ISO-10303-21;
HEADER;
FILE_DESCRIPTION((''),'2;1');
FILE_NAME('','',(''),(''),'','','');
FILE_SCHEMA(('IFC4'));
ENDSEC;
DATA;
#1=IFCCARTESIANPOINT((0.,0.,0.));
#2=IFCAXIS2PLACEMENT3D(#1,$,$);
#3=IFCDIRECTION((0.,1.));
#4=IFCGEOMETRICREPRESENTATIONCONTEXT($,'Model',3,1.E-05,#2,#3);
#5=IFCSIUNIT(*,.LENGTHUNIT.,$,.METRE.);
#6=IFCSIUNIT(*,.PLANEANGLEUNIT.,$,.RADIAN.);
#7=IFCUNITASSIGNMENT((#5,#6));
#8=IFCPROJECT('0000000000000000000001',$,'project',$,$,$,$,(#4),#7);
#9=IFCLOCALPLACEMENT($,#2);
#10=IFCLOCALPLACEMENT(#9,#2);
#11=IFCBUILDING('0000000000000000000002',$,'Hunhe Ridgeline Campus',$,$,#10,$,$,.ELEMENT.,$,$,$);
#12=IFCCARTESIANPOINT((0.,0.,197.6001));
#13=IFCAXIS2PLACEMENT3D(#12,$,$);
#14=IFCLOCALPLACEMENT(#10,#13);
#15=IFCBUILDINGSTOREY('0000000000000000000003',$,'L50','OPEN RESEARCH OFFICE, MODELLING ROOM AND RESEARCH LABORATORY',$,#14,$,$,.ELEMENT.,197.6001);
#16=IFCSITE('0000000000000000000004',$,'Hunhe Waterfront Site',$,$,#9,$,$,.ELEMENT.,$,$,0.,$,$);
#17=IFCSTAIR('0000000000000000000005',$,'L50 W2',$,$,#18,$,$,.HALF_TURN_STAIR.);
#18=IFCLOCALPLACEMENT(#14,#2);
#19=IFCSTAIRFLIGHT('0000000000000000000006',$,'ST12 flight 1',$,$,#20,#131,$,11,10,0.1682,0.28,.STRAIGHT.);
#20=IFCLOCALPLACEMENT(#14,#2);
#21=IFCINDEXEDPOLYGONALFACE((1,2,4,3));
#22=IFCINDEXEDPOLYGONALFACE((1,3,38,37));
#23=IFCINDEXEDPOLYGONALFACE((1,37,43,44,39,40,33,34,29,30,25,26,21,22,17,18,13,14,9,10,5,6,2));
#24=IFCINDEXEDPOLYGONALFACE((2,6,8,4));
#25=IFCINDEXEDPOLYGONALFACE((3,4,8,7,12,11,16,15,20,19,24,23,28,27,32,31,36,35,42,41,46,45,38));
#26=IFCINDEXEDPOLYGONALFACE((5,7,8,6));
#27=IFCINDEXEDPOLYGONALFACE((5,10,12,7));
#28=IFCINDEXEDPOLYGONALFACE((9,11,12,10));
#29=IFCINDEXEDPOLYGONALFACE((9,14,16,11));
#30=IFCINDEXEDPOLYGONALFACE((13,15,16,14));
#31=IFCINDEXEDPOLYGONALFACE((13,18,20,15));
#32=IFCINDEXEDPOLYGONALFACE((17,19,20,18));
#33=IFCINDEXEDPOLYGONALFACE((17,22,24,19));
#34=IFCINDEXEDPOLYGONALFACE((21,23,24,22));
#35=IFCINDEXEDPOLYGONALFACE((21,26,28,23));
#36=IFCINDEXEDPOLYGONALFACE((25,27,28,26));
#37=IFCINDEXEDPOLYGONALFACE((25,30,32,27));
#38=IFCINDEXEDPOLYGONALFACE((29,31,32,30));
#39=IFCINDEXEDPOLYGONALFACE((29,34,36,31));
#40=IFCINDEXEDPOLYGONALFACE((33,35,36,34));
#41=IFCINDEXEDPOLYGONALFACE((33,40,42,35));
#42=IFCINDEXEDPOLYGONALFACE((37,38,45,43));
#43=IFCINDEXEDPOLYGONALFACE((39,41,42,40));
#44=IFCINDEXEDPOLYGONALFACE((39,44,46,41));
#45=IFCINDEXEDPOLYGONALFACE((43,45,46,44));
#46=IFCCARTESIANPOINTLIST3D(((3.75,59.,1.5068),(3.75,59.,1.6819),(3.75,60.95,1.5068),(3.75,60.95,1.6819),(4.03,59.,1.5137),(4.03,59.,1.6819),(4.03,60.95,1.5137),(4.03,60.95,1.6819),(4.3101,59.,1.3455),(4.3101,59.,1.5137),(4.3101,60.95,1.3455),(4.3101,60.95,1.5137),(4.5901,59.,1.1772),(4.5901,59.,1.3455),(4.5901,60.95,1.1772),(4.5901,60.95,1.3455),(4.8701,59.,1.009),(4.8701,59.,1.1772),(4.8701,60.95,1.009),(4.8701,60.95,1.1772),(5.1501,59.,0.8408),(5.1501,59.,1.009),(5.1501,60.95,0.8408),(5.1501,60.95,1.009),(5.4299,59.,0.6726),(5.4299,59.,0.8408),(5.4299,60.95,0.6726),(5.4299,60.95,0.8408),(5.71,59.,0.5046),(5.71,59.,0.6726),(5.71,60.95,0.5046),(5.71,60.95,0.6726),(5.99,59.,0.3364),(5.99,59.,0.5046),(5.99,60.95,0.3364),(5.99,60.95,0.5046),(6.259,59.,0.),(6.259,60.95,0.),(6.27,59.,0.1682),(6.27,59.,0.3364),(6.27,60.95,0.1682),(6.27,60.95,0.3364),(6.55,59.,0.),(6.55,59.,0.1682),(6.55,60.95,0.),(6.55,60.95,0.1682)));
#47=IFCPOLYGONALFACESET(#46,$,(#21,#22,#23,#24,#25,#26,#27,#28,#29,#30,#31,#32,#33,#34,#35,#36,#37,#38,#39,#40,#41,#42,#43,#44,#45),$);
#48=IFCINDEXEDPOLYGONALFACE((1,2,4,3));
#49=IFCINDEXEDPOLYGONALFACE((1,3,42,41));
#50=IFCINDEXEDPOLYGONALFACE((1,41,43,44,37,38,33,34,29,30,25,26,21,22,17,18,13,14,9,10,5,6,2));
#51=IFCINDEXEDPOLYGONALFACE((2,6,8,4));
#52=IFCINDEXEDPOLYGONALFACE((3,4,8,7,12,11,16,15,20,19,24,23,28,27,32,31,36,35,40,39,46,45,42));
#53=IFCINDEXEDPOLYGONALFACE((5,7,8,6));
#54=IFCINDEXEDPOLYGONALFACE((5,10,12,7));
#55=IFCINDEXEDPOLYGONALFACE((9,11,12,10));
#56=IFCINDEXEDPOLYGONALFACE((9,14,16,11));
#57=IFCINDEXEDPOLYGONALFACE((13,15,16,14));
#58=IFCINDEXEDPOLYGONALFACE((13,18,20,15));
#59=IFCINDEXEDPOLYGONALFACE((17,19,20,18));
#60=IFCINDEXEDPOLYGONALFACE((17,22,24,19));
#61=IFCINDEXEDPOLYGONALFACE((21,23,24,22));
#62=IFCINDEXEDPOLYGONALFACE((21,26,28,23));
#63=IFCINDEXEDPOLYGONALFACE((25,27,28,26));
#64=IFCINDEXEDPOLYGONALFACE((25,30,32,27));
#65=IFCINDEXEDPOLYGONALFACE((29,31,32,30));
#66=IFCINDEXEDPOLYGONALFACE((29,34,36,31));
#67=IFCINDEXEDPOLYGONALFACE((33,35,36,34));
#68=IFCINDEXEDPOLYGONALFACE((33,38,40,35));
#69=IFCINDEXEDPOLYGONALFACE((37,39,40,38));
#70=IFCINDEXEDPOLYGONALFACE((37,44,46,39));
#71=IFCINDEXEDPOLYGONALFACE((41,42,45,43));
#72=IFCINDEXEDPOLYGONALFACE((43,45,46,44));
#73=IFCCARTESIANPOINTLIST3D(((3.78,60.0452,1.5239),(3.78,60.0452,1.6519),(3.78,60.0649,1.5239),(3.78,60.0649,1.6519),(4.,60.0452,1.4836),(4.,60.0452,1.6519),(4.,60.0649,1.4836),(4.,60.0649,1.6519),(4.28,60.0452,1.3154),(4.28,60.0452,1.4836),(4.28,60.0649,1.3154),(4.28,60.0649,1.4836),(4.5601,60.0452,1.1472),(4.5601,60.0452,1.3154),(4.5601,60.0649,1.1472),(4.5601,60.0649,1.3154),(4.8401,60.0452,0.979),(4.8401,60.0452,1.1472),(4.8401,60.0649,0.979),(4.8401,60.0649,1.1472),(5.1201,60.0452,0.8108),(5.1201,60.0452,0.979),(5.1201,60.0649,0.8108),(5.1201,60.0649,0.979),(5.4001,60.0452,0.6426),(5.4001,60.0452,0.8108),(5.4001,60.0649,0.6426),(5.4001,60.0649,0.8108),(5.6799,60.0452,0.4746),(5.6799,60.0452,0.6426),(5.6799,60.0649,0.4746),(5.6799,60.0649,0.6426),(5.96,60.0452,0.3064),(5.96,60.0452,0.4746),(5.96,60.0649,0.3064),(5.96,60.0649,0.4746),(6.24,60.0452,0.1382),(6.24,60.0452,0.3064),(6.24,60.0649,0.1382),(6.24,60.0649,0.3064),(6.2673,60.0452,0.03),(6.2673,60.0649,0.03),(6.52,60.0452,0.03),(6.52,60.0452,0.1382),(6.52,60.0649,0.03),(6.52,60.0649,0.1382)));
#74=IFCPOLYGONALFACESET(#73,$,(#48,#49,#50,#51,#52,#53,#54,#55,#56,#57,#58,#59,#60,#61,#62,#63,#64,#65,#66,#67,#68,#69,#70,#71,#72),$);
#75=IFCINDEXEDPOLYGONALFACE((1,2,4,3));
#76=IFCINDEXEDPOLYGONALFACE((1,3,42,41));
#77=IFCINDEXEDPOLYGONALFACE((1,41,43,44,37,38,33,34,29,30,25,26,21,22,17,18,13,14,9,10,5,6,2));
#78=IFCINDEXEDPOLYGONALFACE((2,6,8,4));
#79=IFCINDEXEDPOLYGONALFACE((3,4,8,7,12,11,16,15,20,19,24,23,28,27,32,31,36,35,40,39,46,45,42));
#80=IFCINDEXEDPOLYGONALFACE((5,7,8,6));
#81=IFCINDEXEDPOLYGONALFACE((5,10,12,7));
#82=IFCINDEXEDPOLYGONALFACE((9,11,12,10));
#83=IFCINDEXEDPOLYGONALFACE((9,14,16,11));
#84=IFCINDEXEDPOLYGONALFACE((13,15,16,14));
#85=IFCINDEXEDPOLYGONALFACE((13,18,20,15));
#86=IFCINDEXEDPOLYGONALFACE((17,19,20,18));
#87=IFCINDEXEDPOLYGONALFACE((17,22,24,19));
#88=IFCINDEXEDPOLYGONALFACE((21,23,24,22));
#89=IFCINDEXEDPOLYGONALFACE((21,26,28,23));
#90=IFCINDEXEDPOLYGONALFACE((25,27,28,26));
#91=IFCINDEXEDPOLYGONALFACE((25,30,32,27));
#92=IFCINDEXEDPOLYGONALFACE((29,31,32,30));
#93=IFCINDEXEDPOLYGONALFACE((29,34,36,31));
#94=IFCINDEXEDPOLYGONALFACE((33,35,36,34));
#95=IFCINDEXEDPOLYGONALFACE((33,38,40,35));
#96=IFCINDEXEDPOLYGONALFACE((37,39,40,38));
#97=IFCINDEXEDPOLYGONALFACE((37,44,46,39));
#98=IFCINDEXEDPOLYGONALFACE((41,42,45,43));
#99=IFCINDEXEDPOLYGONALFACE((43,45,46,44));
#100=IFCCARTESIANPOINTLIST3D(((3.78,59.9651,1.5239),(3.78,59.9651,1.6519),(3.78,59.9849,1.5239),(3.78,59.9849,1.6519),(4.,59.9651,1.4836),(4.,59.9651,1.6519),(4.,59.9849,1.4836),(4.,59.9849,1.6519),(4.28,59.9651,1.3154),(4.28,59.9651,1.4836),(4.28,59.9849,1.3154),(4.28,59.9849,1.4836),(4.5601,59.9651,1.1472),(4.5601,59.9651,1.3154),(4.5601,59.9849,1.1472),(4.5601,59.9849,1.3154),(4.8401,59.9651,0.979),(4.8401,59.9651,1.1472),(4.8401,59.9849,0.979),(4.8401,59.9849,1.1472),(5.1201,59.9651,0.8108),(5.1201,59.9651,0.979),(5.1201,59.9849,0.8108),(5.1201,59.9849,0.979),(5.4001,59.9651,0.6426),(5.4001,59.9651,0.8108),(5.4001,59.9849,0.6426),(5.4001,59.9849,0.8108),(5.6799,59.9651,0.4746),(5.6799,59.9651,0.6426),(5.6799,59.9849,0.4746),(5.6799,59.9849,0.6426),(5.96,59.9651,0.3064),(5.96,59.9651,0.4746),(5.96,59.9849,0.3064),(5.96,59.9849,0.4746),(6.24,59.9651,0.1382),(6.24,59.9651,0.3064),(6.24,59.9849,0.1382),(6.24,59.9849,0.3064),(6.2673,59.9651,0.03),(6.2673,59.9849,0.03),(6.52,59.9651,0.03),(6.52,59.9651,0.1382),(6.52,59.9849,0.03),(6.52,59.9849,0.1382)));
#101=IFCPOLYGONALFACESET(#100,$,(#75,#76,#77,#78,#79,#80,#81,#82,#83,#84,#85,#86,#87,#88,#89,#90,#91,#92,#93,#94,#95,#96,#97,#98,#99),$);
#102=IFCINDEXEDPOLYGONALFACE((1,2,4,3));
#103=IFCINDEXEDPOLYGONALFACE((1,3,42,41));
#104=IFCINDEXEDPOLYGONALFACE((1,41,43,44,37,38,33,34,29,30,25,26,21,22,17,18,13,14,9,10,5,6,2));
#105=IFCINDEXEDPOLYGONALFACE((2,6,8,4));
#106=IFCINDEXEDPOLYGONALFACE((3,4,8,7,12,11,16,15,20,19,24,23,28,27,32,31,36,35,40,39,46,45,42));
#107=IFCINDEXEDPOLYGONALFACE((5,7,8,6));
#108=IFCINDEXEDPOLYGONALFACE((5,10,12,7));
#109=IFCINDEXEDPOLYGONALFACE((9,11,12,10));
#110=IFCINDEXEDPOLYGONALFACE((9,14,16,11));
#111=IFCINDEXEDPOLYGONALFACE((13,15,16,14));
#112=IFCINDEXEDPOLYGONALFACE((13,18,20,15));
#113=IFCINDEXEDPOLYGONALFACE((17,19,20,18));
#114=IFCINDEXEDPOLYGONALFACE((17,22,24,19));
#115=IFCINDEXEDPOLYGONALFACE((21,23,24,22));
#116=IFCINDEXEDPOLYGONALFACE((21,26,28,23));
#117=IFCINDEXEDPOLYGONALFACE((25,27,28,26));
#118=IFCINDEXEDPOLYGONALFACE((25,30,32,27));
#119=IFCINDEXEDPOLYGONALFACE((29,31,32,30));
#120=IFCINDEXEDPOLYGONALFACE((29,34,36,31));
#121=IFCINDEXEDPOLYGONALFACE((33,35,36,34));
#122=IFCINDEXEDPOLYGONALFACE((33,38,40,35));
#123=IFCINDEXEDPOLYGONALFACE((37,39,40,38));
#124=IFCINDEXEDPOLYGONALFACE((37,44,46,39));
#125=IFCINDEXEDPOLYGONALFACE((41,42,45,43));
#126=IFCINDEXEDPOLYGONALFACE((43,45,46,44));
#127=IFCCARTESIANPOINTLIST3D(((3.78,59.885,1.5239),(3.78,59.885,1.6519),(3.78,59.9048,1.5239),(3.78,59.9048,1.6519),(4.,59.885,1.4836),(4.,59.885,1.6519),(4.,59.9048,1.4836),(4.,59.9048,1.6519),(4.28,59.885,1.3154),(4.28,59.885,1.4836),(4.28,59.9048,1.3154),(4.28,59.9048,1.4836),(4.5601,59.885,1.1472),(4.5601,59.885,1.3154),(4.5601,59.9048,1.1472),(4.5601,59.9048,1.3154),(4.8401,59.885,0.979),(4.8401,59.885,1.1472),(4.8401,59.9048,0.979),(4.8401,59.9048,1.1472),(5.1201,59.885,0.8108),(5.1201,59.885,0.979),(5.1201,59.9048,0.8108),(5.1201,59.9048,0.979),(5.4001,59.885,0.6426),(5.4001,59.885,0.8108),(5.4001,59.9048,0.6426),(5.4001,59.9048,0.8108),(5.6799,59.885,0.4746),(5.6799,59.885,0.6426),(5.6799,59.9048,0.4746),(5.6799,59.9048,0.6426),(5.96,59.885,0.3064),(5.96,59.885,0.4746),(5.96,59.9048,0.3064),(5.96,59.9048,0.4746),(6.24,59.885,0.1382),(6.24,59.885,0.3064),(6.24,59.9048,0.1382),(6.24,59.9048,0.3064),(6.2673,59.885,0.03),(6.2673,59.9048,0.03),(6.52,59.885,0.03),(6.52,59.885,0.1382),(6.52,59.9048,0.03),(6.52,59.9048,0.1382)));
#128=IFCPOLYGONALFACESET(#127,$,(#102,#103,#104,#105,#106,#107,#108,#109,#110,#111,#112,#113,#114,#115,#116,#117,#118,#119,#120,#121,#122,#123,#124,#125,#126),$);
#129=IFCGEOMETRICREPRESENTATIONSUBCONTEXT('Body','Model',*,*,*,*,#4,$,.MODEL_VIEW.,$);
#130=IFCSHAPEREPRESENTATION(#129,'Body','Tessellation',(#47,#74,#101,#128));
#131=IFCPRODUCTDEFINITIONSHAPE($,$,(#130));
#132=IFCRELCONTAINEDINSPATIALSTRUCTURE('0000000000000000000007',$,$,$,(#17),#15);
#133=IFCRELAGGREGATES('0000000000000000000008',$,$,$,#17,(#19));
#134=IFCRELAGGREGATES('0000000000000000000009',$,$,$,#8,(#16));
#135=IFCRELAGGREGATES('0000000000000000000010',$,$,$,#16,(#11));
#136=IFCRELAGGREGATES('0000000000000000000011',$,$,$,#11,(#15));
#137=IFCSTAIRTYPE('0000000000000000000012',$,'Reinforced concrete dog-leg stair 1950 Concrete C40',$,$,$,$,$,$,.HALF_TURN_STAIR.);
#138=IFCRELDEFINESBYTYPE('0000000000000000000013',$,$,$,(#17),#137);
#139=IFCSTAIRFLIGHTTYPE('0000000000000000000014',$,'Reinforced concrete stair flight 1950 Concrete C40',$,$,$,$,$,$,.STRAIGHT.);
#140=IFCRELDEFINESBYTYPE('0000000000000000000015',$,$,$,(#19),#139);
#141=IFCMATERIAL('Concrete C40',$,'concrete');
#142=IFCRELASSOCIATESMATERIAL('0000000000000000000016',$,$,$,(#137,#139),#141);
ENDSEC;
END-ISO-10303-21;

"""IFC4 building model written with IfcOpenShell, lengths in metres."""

from ifc_helpers import new_model, si_unit, direction, frame, origin, place, context, subcontext, project, spatial, polyline, outline, extrude, material, type_object, element, aggregate, save


model = new_model("IFC4")

# Units and contexts
model_context = context("Model", 3, precision=1e-05, world=origin(), true_north=direction((0.0, 1.0)))
body_context = subcontext(model_context, "Body", "Model", "MODEL_VIEW")
ifc_project = project(units=[si_unit("LENGTHUNIT", "METRE"), si_unit("PLANEANGLEUNIT", "RADIAN")], contexts=[model_context])

# Site, building, storey
site_placement = place(None, origin())
site = spatial("IfcSite", under=ifc_project, at=site_placement, Name="Hunhe Waterfront Site", CompositionType="ELEMENT", RefElevation=0.0)
building_placement = place(site_placement, origin())
building = spatial("IfcBuilding", under=site, at=building_placement, Name="Hunhe Ridgeline Campus", CompositionType="ELEMENT")
storey_placement = place(building_placement, frame((0.0, 0.0, 197.6001)))
storey = spatial("IfcBuildingStorey", under=building, at=storey_placement, Name="L50", Description="OPEN RESEARCH OFFICE, MODELLING ROOM AND RESEARCH LABORATORY", CompositionType="ELEMENT", Elevation=197.6001)

# Shared definitions
ifc_material_1 = material(Name="Concrete C40", Category="concrete")
stair_type = type_object("IfcStairType", Name="Reinforced concrete dog-leg stair 1950 Concrete C40", PredefinedType="HALF_TURN_STAIR", material=ifc_material_1)
stair_flight_type = type_object("IfcStairFlightType", Name="Reinforced concrete stair flight 1950 Concrete C40", PredefinedType="STRAIGHT", material=ifc_material_1)

# Stair, stair flight
stair_1_placement = place(storey_placement, origin())
stair_1 = element("IfcStair", 1, at=stair_1_placement, inside=storey, type_object=stair_type, Name="L50 W2", PredefinedType="HALF_TURN_STAIR")
stair_flight_1_placement = place(storey_placement, frame((6.55, 59.9751, 0.0), z_axis=(0.0, 0.0, 1.0), x_axis=(-1.0, 0.0, 0.0)))
stair_flight_1 = element("IfcStairFlight", 2, at=stair_flight_1_placement, type_object=stair_flight_type, Name="ST12 flight 1", NumberOfRisers=11, NumberOfTreads=10, PredefinedType="STRAIGHT", RiserHeight=0.1682, TreadLength=0.28, context=body_context, shape_type="SweptSolid", body=[
    extrude(outline(polyline([(0.0, 0.0), (0.0, 0.1682), (0.28, 0.1682), (0.28, 0.3364), (0.5601, 0.3364), (0.5601, 0.5046), (0.8401, 0.5046), (0.8401, 0.6726), (1.1201, 0.6726), (1.1201, 0.8408), (1.3999, 0.8408), (1.3999, 1.009), (1.6799, 1.009), (1.6799, 1.1772), (1.96, 1.1772), (1.96, 1.3455), (2.24, 1.3455), (2.24, 1.5137), (2.52, 1.5137), (2.52, 1.6819), (2.8, 1.6819), (2.8, 1.8501), (2.8, 1.5068), (0.291, 0.0), (0.0, 0.0)])), frame((0.0, 0.9751, 0.0), z_axis=(0.0, -1.0, 0.0), x_axis=(1.0, 0.0, 0.0)), (0.0, 0.0, 1.0), 1.95),
    extrude(outline(polyline([(0.03, 0.03), (0.03, 0.1382), (0.3101, 0.1382), (0.3101, 0.3064), (0.5901, 0.3064), (0.5901, 0.4746), (0.8701, 0.4746), (0.8701, 0.6426), (1.1499, 0.6426), (1.1499, 0.8108), (1.4299, 0.8108), (1.4299, 0.979), (1.71, 0.979), (1.71, 1.1472), (1.99, 1.1472), (1.99, 1.3154), (2.27, 1.3154), (2.27, 1.4836), (2.55, 1.4836), (2.55, 1.6519), (2.77, 1.6519), (2.77, 1.5239), (0.2827, 0.03), (0.03, 0.03)])), frame((0.0, -0.0701, 0.0), z_axis=(0.0, -1.0, 0.0), x_axis=(1.0, 0.0, 0.0)), (0.0, 0.0, 1.0), 0.0198),
    extrude(outline(polyline([(0.03, 0.03), (0.03, 0.1382), (0.3101, 0.1382), (0.3101, 0.3064), (0.5901, 0.3064), (0.5901, 0.4746), (0.8701, 0.4746), (0.8701, 0.6426), (1.1499, 0.6426), (1.1499, 0.8108), (1.4299, 0.8108), (1.4299, 0.979), (1.71, 0.979), (1.71, 1.1472), (1.99, 1.1472), (1.99, 1.3154), (2.27, 1.3154), (2.27, 1.4836), (2.55, 1.4836), (2.55, 1.6519), (2.77, 1.6519), (2.77, 1.5239), (0.2827, 0.03), (0.03, 0.03)])), frame((0.0, 0.01, 0.0), z_axis=(0.0, -1.0, 0.0), x_axis=(1.0, 0.0, 0.0)), (0.0, 0.0, 1.0), 0.0198),
    extrude(outline(polyline([(0.03, 0.03), (0.03, 0.1382), (0.3101, 0.1382), (0.3101, 0.3064), (0.5901, 0.3064), (0.5901, 0.4746), (0.8701, 0.4746), (0.8701, 0.6426), (1.1499, 0.6426), (1.1499, 0.8108), (1.4299, 0.8108), (1.4299, 0.979), (1.71, 0.979), (1.71, 1.1472), (1.99, 1.1472), (1.99, 1.3154), (2.27, 1.3154), (2.27, 1.4836), (2.55, 1.4836), (2.55, 1.6519), (2.77, 1.6519), (2.77, 1.5239), (0.2827, 0.03), (0.03, 0.03)])), frame((0.0, 0.0901, 0.0), z_axis=(0.0, -1.0, 0.0), x_axis=(1.0, 0.0, 0.0)), (0.0, 0.0, 1.0), 0.0198),
])
aggregate(stair_1, [stair_flight_1])

save(model, "model.ifc")
